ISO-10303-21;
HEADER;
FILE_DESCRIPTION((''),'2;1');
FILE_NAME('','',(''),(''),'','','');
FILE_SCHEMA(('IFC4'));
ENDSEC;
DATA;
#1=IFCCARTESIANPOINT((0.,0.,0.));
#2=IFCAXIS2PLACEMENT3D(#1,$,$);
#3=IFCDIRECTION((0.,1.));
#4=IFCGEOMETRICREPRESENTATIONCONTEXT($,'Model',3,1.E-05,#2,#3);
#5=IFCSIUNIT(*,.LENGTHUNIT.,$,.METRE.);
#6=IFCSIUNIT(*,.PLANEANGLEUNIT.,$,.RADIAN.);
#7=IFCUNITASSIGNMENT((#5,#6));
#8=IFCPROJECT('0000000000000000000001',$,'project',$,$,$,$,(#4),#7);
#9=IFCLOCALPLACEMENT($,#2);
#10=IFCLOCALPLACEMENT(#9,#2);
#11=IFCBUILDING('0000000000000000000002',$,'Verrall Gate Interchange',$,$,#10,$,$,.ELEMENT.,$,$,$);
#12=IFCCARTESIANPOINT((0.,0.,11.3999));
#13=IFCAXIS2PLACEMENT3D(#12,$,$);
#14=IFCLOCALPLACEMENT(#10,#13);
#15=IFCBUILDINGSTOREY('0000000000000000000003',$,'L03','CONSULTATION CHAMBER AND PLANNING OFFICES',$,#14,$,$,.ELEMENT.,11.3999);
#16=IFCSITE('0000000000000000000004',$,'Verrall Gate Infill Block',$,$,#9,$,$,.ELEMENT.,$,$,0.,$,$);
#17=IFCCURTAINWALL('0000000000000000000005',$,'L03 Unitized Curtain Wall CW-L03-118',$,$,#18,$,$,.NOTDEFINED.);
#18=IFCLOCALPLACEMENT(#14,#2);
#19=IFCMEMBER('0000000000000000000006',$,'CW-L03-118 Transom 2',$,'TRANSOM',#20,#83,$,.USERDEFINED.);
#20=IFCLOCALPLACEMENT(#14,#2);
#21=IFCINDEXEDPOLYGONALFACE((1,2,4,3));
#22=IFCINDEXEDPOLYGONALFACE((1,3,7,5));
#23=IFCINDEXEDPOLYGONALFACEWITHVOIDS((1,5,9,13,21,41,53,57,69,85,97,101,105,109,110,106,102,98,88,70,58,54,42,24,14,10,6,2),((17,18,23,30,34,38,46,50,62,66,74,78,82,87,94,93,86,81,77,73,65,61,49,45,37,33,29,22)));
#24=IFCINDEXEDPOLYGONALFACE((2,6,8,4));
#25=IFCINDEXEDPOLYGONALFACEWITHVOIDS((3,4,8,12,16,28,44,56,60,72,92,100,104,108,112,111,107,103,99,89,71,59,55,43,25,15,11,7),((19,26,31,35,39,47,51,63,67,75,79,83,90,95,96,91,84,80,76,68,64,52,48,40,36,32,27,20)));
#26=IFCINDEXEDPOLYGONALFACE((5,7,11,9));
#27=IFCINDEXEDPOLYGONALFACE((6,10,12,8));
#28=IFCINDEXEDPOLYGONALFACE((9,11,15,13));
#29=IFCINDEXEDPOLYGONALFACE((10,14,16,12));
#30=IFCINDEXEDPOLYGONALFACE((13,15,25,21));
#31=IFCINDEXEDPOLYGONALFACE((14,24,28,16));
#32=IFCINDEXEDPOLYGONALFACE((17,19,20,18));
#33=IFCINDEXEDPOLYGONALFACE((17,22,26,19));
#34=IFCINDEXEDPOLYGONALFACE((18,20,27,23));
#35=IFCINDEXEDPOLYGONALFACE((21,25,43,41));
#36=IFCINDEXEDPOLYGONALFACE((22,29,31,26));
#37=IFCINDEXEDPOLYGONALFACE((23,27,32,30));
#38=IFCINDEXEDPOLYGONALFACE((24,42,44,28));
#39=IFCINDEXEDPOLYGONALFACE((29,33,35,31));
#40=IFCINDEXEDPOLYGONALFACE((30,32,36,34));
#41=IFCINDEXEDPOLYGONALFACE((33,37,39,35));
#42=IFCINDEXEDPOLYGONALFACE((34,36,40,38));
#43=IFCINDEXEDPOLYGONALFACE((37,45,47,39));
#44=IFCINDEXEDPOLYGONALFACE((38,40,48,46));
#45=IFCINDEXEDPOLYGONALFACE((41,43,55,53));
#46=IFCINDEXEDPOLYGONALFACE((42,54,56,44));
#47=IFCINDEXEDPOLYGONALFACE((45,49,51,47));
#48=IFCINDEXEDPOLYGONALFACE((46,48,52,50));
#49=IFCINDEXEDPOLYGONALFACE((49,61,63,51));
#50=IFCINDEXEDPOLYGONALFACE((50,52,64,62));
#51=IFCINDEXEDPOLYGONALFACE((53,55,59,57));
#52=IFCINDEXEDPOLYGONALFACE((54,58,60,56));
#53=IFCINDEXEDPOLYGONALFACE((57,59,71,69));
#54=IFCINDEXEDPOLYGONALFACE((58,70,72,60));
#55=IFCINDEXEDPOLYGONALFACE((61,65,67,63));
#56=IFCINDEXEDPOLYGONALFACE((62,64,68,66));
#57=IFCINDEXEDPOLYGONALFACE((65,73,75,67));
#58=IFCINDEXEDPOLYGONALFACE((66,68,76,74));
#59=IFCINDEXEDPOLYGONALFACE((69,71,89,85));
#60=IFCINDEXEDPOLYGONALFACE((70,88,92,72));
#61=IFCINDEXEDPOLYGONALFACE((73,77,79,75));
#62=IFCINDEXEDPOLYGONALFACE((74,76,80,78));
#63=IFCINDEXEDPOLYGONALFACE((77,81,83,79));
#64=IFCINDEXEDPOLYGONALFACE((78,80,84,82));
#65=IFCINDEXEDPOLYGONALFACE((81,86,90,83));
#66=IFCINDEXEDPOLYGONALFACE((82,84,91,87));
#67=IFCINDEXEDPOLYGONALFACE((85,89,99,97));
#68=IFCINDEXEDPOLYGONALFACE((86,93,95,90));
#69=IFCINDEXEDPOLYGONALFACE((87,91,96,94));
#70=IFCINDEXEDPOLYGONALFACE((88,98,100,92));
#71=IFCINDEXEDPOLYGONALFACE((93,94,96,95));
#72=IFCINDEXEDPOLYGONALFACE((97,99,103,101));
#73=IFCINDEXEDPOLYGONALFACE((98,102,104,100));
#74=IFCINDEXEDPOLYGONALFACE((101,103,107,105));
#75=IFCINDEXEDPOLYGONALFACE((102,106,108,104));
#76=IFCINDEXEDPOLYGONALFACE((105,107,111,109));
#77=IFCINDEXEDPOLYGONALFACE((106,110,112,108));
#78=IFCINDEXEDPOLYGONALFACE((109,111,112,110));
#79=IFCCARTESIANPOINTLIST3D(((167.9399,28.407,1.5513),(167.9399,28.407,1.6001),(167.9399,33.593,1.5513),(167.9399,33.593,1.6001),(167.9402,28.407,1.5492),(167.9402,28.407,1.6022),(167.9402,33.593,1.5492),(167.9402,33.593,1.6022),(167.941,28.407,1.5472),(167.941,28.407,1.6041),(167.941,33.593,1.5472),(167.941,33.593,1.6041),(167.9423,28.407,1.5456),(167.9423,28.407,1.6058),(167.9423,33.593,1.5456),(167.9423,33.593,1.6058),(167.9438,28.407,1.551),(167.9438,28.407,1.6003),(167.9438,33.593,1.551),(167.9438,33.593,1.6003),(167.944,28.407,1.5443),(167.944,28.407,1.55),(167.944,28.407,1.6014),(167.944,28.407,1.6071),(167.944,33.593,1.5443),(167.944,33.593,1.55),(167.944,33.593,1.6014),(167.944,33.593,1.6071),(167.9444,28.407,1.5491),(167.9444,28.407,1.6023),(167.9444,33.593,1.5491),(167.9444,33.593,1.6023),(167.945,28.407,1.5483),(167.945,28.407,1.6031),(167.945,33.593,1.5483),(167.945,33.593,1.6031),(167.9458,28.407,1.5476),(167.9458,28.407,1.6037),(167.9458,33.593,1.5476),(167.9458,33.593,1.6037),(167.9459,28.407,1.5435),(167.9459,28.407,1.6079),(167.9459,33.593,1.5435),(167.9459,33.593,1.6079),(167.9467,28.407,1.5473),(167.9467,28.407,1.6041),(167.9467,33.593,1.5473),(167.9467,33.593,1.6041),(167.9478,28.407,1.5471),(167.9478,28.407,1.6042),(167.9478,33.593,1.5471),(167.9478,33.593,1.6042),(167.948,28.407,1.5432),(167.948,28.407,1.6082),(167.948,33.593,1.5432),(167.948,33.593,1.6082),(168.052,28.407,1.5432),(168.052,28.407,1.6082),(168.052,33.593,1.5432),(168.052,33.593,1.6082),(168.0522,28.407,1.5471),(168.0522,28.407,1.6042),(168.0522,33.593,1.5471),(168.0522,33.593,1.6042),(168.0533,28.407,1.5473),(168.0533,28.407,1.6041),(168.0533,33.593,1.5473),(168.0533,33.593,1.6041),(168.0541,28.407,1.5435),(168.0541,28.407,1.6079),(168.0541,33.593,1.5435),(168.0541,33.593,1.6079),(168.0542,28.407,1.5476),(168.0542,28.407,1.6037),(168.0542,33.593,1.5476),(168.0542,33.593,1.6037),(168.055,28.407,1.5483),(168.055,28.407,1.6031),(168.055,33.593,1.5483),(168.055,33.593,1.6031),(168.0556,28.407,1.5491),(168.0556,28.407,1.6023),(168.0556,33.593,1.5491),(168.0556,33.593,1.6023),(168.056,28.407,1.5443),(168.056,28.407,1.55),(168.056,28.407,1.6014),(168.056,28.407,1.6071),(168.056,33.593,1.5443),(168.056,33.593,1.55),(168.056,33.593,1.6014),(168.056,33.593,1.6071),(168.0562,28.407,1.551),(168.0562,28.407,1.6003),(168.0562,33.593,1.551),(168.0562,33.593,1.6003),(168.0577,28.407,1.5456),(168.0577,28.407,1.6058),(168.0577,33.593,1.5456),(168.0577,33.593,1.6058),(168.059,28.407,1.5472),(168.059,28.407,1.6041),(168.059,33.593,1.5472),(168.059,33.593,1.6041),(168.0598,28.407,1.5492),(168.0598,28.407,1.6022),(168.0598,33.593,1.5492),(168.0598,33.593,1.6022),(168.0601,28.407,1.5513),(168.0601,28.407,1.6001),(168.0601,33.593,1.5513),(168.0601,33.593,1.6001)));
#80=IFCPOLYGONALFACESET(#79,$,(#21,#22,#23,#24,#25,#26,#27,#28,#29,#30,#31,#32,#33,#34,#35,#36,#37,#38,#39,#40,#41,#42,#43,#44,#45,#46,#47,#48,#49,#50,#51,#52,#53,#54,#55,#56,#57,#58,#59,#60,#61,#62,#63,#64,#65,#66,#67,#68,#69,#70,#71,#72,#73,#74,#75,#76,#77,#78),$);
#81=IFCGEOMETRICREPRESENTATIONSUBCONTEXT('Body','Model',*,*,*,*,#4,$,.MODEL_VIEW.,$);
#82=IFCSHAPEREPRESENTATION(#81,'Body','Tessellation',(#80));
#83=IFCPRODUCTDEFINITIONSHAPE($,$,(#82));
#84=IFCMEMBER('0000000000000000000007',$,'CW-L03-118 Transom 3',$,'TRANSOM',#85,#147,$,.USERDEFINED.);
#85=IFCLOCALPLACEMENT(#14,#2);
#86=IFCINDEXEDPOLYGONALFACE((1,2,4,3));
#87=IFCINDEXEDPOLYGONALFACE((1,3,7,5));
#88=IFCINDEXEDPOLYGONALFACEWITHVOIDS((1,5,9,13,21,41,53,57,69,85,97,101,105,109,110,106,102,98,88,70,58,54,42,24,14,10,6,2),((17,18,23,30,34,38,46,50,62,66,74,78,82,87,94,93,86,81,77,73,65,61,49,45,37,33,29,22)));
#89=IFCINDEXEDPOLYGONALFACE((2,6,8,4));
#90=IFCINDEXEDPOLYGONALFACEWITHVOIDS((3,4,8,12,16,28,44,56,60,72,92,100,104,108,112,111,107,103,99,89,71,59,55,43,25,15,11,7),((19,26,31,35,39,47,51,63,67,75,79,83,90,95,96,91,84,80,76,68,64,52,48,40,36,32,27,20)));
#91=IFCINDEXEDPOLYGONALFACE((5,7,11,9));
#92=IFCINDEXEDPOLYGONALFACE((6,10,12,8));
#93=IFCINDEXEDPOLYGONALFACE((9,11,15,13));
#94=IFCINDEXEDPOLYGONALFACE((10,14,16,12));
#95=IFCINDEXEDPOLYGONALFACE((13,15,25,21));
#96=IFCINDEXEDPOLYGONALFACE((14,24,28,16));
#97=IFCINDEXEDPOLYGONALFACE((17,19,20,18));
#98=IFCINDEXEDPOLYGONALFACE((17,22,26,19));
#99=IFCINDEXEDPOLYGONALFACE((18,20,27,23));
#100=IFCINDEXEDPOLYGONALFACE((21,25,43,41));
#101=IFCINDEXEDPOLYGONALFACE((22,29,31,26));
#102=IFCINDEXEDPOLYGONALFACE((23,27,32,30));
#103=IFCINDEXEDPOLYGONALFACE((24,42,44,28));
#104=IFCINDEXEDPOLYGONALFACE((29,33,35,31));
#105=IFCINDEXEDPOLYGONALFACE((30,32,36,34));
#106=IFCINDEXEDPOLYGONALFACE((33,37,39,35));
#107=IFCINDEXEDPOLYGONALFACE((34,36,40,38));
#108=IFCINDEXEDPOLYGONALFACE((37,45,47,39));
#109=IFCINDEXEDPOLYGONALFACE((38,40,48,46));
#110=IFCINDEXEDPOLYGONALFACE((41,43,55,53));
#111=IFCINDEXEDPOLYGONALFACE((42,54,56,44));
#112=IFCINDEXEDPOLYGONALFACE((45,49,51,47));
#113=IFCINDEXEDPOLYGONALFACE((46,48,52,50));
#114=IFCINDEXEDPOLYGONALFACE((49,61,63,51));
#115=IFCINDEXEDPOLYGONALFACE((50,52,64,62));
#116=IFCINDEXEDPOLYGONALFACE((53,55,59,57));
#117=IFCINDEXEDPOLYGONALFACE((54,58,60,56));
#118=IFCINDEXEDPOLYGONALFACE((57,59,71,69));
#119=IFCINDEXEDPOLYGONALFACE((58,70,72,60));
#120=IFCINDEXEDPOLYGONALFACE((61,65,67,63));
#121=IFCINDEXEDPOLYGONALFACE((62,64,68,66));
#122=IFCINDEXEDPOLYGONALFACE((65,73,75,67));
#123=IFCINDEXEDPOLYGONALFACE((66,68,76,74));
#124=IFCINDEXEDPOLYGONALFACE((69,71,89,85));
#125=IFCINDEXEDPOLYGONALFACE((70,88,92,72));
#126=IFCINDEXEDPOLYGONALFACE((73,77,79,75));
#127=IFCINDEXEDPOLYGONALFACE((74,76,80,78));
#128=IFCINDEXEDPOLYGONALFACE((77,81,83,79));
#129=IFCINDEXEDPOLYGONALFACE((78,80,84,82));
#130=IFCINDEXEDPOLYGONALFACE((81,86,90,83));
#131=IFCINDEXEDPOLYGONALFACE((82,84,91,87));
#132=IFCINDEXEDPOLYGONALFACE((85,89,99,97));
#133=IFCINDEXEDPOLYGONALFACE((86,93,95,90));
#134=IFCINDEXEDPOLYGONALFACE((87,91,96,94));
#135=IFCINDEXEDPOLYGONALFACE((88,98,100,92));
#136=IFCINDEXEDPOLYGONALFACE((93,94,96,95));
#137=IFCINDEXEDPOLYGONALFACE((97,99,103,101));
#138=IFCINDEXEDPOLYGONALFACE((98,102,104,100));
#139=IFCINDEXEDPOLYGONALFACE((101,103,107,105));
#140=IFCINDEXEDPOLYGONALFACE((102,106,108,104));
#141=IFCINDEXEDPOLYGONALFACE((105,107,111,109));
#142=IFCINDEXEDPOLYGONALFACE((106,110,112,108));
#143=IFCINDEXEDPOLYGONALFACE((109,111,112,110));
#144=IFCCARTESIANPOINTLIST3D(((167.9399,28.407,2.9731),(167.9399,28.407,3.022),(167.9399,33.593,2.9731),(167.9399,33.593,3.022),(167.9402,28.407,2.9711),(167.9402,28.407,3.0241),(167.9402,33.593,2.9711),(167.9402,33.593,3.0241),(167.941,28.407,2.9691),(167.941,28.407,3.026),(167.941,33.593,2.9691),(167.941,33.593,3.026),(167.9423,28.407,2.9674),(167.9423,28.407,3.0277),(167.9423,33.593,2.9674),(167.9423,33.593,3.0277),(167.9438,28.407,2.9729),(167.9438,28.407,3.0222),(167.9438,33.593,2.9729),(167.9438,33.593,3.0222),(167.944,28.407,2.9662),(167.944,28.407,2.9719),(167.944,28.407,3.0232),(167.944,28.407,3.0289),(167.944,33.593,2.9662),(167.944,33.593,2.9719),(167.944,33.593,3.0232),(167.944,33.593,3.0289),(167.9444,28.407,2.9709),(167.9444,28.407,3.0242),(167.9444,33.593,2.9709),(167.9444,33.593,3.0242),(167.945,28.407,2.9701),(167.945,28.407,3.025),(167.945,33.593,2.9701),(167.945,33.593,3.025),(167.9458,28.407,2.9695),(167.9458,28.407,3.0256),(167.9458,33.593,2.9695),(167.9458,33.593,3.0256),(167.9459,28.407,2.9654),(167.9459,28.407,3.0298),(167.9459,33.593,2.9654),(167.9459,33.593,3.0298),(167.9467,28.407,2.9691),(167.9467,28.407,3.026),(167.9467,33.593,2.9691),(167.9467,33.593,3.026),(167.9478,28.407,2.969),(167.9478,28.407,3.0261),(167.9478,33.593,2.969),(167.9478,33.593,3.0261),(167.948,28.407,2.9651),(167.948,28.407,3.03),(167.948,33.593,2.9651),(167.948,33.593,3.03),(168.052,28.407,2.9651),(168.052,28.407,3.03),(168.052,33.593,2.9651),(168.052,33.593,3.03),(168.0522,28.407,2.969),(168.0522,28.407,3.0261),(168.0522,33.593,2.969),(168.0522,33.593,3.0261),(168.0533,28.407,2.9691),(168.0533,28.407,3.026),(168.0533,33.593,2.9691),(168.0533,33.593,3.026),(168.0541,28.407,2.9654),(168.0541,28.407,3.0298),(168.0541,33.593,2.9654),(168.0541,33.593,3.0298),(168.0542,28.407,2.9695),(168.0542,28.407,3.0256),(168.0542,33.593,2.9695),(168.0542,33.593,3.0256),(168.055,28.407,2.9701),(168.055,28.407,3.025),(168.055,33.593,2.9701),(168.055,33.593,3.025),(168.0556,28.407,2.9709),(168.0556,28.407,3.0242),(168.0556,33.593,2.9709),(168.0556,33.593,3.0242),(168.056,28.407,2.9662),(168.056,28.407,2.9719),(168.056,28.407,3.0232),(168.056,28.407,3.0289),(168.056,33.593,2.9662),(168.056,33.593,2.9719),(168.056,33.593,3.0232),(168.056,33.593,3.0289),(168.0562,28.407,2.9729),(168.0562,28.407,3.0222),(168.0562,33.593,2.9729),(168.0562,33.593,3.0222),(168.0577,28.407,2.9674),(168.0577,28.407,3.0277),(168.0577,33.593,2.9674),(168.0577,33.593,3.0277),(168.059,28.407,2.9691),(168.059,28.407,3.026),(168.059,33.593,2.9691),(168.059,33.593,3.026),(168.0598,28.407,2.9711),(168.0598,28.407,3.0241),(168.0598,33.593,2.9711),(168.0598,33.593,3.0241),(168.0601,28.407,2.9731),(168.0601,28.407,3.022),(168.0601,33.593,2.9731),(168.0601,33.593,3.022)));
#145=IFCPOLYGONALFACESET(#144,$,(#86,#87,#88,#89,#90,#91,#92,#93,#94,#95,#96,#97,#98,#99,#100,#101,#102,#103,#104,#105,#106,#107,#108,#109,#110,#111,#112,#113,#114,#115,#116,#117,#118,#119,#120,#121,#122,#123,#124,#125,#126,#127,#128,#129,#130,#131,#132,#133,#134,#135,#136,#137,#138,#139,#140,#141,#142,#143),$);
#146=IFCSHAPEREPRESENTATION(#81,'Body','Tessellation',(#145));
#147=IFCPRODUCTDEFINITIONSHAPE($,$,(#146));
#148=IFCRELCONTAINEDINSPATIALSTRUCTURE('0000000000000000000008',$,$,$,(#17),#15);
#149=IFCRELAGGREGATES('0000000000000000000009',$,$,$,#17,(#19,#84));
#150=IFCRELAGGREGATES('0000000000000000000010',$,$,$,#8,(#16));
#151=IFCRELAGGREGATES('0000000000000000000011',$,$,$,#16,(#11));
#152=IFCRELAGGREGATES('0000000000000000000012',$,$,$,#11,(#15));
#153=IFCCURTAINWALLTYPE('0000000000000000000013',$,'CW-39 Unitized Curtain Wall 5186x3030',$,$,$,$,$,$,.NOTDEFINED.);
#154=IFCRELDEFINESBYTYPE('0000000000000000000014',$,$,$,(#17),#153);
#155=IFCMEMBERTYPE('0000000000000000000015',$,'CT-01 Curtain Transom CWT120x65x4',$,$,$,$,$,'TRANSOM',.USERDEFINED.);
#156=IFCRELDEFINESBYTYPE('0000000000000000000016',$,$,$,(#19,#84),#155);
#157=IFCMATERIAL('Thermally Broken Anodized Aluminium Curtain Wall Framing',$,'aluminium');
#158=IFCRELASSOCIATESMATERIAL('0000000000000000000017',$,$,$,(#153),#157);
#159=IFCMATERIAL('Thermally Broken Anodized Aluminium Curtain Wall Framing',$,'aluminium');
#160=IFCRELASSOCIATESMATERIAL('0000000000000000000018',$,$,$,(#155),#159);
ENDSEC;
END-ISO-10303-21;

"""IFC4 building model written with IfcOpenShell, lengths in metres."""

from ifc_helpers import new_model, si_unit, direction, frame, origin, origin_2d, place, context, subcontext, project, spatial, hollow_rectangle, extrude, material, material_profile, profile_set, type_object, element, aggregate, save


model = new_model("IFC4")

# Units and contexts
model_context = context("Model", 3, precision=1e-05, world=origin(), true_north=direction((0.0, 1.0)))
body_context = subcontext(model_context, "Body", "Model", "MODEL_VIEW")
ifc_project = project(units=[si_unit("LENGTHUNIT", "METRE"), si_unit("PLANEANGLEUNIT", "RADIAN")], contexts=[model_context])

# Site, building, storey
site_placement = place(None, origin())
site = spatial("IfcSite", under=ifc_project, at=site_placement, Name="Verrall Gate Infill Block", CompositionType="ELEMENT", RefElevation=0.0)
building_placement = place(site_placement, origin())
building = spatial("IfcBuilding", under=site, at=building_placement, Name="Verrall Gate Interchange", CompositionType="ELEMENT")
storey_placement = place(building_placement, frame((0.0, 0.0, 11.3999)))
storey = spatial("IfcBuildingStorey", under=building, at=storey_placement, Name="L03", Description="CONSULTATION CHAMBER AND PLANNING OFFICES", CompositionType="ELEMENT", Elevation=11.3999)

# Curtain wall
ifc_material_1 = material(Name="Thermally Broken Anodized Aluminium Curtain Wall Framing", Category="aluminium")
curtain_wall_type_1 = type_object("IfcCurtainWallType", Name="CW-39 Unitized Curtain Wall 5186x3030", PredefinedType="NOTDEFINED", material=ifc_material_1)
curtain_wall_1_placement = place(storey_placement, origin())
curtain_wall_1 = element("IfcCurtainWall", 1, at=curtain_wall_1_placement, inside=storey, type_object=curtain_wall_type_1, Name="L03 Unitized Curtain Wall CW-L03-118", PredefinedType="NOTDEFINED")

# Members
ifc_material_2 = material(Name="Thermally Broken Anodized Aluminium Curtain Wall Framing", Category="aluminium")
ifc_material_profile_1 = material_profile(ifc_material_2, hollow_rectangle(XDim=0.1201, YDim=0.0649, WallThickness=0.0039, InnerFilletRadius=0.0039, OuterFilletRadius=0.0081, at=origin_2d()), Name="CWT120x65x4")
ifc_profile_set_1 = profile_set([ifc_material_profile_1], Name="Thermally Broken Anodized Aluminium Curtain Wall Framing")
member_type_1 = type_object("IfcMemberType", Name="CT-01 Curtain Transom CWT120x65x4", ElementType="TRANSOM", PredefinedType="USERDEFINED", material=ifc_profile_set_1)
member_1_placement = place(storey_placement, frame((168.0, 28.407, 1.5757), z_axis=(0.0, 1.0, 0.0), x_axis=(-1.0, 0.0, 0.0)))
member_1 = element("IfcMember", 2, at=member_1_placement, type_object=member_type_1, Name="CW-L03-118 Transom 2", ObjectType="TRANSOM", PredefinedType="USERDEFINED", context=body_context, shape_type="SweptSolid", body=[
    extrude(hollow_rectangle(XDim=0.1201, YDim=0.0649, WallThickness=0.0039, InnerFilletRadius=0.0039, OuterFilletRadius=0.0081, at=origin_2d()), origin(), (0.0, 0.0, 1.0), 5.186),
])
member_2_placement = place(storey_placement, frame((168.0, 28.407, 2.9976), z_axis=(0.0, 1.0, 0.0), x_axis=(-1.0, 0.0, 0.0)))
member_2 = element("IfcMember", 3, at=member_2_placement, type_object=member_type_1, Name="CW-L03-118 Transom 3", ObjectType="TRANSOM", PredefinedType="USERDEFINED", context=body_context, shape_type="SweptSolid", body=[
    extrude(hollow_rectangle(XDim=0.1201, YDim=0.0649, WallThickness=0.0039, InnerFilletRadius=0.0039, OuterFilletRadius=0.0081, at=origin_2d()), origin(), (0.0, 0.0, 1.0), 5.186),
])

aggregate(curtain_wall_1, [member_1, member_2])

save(model, "model.ifc")
